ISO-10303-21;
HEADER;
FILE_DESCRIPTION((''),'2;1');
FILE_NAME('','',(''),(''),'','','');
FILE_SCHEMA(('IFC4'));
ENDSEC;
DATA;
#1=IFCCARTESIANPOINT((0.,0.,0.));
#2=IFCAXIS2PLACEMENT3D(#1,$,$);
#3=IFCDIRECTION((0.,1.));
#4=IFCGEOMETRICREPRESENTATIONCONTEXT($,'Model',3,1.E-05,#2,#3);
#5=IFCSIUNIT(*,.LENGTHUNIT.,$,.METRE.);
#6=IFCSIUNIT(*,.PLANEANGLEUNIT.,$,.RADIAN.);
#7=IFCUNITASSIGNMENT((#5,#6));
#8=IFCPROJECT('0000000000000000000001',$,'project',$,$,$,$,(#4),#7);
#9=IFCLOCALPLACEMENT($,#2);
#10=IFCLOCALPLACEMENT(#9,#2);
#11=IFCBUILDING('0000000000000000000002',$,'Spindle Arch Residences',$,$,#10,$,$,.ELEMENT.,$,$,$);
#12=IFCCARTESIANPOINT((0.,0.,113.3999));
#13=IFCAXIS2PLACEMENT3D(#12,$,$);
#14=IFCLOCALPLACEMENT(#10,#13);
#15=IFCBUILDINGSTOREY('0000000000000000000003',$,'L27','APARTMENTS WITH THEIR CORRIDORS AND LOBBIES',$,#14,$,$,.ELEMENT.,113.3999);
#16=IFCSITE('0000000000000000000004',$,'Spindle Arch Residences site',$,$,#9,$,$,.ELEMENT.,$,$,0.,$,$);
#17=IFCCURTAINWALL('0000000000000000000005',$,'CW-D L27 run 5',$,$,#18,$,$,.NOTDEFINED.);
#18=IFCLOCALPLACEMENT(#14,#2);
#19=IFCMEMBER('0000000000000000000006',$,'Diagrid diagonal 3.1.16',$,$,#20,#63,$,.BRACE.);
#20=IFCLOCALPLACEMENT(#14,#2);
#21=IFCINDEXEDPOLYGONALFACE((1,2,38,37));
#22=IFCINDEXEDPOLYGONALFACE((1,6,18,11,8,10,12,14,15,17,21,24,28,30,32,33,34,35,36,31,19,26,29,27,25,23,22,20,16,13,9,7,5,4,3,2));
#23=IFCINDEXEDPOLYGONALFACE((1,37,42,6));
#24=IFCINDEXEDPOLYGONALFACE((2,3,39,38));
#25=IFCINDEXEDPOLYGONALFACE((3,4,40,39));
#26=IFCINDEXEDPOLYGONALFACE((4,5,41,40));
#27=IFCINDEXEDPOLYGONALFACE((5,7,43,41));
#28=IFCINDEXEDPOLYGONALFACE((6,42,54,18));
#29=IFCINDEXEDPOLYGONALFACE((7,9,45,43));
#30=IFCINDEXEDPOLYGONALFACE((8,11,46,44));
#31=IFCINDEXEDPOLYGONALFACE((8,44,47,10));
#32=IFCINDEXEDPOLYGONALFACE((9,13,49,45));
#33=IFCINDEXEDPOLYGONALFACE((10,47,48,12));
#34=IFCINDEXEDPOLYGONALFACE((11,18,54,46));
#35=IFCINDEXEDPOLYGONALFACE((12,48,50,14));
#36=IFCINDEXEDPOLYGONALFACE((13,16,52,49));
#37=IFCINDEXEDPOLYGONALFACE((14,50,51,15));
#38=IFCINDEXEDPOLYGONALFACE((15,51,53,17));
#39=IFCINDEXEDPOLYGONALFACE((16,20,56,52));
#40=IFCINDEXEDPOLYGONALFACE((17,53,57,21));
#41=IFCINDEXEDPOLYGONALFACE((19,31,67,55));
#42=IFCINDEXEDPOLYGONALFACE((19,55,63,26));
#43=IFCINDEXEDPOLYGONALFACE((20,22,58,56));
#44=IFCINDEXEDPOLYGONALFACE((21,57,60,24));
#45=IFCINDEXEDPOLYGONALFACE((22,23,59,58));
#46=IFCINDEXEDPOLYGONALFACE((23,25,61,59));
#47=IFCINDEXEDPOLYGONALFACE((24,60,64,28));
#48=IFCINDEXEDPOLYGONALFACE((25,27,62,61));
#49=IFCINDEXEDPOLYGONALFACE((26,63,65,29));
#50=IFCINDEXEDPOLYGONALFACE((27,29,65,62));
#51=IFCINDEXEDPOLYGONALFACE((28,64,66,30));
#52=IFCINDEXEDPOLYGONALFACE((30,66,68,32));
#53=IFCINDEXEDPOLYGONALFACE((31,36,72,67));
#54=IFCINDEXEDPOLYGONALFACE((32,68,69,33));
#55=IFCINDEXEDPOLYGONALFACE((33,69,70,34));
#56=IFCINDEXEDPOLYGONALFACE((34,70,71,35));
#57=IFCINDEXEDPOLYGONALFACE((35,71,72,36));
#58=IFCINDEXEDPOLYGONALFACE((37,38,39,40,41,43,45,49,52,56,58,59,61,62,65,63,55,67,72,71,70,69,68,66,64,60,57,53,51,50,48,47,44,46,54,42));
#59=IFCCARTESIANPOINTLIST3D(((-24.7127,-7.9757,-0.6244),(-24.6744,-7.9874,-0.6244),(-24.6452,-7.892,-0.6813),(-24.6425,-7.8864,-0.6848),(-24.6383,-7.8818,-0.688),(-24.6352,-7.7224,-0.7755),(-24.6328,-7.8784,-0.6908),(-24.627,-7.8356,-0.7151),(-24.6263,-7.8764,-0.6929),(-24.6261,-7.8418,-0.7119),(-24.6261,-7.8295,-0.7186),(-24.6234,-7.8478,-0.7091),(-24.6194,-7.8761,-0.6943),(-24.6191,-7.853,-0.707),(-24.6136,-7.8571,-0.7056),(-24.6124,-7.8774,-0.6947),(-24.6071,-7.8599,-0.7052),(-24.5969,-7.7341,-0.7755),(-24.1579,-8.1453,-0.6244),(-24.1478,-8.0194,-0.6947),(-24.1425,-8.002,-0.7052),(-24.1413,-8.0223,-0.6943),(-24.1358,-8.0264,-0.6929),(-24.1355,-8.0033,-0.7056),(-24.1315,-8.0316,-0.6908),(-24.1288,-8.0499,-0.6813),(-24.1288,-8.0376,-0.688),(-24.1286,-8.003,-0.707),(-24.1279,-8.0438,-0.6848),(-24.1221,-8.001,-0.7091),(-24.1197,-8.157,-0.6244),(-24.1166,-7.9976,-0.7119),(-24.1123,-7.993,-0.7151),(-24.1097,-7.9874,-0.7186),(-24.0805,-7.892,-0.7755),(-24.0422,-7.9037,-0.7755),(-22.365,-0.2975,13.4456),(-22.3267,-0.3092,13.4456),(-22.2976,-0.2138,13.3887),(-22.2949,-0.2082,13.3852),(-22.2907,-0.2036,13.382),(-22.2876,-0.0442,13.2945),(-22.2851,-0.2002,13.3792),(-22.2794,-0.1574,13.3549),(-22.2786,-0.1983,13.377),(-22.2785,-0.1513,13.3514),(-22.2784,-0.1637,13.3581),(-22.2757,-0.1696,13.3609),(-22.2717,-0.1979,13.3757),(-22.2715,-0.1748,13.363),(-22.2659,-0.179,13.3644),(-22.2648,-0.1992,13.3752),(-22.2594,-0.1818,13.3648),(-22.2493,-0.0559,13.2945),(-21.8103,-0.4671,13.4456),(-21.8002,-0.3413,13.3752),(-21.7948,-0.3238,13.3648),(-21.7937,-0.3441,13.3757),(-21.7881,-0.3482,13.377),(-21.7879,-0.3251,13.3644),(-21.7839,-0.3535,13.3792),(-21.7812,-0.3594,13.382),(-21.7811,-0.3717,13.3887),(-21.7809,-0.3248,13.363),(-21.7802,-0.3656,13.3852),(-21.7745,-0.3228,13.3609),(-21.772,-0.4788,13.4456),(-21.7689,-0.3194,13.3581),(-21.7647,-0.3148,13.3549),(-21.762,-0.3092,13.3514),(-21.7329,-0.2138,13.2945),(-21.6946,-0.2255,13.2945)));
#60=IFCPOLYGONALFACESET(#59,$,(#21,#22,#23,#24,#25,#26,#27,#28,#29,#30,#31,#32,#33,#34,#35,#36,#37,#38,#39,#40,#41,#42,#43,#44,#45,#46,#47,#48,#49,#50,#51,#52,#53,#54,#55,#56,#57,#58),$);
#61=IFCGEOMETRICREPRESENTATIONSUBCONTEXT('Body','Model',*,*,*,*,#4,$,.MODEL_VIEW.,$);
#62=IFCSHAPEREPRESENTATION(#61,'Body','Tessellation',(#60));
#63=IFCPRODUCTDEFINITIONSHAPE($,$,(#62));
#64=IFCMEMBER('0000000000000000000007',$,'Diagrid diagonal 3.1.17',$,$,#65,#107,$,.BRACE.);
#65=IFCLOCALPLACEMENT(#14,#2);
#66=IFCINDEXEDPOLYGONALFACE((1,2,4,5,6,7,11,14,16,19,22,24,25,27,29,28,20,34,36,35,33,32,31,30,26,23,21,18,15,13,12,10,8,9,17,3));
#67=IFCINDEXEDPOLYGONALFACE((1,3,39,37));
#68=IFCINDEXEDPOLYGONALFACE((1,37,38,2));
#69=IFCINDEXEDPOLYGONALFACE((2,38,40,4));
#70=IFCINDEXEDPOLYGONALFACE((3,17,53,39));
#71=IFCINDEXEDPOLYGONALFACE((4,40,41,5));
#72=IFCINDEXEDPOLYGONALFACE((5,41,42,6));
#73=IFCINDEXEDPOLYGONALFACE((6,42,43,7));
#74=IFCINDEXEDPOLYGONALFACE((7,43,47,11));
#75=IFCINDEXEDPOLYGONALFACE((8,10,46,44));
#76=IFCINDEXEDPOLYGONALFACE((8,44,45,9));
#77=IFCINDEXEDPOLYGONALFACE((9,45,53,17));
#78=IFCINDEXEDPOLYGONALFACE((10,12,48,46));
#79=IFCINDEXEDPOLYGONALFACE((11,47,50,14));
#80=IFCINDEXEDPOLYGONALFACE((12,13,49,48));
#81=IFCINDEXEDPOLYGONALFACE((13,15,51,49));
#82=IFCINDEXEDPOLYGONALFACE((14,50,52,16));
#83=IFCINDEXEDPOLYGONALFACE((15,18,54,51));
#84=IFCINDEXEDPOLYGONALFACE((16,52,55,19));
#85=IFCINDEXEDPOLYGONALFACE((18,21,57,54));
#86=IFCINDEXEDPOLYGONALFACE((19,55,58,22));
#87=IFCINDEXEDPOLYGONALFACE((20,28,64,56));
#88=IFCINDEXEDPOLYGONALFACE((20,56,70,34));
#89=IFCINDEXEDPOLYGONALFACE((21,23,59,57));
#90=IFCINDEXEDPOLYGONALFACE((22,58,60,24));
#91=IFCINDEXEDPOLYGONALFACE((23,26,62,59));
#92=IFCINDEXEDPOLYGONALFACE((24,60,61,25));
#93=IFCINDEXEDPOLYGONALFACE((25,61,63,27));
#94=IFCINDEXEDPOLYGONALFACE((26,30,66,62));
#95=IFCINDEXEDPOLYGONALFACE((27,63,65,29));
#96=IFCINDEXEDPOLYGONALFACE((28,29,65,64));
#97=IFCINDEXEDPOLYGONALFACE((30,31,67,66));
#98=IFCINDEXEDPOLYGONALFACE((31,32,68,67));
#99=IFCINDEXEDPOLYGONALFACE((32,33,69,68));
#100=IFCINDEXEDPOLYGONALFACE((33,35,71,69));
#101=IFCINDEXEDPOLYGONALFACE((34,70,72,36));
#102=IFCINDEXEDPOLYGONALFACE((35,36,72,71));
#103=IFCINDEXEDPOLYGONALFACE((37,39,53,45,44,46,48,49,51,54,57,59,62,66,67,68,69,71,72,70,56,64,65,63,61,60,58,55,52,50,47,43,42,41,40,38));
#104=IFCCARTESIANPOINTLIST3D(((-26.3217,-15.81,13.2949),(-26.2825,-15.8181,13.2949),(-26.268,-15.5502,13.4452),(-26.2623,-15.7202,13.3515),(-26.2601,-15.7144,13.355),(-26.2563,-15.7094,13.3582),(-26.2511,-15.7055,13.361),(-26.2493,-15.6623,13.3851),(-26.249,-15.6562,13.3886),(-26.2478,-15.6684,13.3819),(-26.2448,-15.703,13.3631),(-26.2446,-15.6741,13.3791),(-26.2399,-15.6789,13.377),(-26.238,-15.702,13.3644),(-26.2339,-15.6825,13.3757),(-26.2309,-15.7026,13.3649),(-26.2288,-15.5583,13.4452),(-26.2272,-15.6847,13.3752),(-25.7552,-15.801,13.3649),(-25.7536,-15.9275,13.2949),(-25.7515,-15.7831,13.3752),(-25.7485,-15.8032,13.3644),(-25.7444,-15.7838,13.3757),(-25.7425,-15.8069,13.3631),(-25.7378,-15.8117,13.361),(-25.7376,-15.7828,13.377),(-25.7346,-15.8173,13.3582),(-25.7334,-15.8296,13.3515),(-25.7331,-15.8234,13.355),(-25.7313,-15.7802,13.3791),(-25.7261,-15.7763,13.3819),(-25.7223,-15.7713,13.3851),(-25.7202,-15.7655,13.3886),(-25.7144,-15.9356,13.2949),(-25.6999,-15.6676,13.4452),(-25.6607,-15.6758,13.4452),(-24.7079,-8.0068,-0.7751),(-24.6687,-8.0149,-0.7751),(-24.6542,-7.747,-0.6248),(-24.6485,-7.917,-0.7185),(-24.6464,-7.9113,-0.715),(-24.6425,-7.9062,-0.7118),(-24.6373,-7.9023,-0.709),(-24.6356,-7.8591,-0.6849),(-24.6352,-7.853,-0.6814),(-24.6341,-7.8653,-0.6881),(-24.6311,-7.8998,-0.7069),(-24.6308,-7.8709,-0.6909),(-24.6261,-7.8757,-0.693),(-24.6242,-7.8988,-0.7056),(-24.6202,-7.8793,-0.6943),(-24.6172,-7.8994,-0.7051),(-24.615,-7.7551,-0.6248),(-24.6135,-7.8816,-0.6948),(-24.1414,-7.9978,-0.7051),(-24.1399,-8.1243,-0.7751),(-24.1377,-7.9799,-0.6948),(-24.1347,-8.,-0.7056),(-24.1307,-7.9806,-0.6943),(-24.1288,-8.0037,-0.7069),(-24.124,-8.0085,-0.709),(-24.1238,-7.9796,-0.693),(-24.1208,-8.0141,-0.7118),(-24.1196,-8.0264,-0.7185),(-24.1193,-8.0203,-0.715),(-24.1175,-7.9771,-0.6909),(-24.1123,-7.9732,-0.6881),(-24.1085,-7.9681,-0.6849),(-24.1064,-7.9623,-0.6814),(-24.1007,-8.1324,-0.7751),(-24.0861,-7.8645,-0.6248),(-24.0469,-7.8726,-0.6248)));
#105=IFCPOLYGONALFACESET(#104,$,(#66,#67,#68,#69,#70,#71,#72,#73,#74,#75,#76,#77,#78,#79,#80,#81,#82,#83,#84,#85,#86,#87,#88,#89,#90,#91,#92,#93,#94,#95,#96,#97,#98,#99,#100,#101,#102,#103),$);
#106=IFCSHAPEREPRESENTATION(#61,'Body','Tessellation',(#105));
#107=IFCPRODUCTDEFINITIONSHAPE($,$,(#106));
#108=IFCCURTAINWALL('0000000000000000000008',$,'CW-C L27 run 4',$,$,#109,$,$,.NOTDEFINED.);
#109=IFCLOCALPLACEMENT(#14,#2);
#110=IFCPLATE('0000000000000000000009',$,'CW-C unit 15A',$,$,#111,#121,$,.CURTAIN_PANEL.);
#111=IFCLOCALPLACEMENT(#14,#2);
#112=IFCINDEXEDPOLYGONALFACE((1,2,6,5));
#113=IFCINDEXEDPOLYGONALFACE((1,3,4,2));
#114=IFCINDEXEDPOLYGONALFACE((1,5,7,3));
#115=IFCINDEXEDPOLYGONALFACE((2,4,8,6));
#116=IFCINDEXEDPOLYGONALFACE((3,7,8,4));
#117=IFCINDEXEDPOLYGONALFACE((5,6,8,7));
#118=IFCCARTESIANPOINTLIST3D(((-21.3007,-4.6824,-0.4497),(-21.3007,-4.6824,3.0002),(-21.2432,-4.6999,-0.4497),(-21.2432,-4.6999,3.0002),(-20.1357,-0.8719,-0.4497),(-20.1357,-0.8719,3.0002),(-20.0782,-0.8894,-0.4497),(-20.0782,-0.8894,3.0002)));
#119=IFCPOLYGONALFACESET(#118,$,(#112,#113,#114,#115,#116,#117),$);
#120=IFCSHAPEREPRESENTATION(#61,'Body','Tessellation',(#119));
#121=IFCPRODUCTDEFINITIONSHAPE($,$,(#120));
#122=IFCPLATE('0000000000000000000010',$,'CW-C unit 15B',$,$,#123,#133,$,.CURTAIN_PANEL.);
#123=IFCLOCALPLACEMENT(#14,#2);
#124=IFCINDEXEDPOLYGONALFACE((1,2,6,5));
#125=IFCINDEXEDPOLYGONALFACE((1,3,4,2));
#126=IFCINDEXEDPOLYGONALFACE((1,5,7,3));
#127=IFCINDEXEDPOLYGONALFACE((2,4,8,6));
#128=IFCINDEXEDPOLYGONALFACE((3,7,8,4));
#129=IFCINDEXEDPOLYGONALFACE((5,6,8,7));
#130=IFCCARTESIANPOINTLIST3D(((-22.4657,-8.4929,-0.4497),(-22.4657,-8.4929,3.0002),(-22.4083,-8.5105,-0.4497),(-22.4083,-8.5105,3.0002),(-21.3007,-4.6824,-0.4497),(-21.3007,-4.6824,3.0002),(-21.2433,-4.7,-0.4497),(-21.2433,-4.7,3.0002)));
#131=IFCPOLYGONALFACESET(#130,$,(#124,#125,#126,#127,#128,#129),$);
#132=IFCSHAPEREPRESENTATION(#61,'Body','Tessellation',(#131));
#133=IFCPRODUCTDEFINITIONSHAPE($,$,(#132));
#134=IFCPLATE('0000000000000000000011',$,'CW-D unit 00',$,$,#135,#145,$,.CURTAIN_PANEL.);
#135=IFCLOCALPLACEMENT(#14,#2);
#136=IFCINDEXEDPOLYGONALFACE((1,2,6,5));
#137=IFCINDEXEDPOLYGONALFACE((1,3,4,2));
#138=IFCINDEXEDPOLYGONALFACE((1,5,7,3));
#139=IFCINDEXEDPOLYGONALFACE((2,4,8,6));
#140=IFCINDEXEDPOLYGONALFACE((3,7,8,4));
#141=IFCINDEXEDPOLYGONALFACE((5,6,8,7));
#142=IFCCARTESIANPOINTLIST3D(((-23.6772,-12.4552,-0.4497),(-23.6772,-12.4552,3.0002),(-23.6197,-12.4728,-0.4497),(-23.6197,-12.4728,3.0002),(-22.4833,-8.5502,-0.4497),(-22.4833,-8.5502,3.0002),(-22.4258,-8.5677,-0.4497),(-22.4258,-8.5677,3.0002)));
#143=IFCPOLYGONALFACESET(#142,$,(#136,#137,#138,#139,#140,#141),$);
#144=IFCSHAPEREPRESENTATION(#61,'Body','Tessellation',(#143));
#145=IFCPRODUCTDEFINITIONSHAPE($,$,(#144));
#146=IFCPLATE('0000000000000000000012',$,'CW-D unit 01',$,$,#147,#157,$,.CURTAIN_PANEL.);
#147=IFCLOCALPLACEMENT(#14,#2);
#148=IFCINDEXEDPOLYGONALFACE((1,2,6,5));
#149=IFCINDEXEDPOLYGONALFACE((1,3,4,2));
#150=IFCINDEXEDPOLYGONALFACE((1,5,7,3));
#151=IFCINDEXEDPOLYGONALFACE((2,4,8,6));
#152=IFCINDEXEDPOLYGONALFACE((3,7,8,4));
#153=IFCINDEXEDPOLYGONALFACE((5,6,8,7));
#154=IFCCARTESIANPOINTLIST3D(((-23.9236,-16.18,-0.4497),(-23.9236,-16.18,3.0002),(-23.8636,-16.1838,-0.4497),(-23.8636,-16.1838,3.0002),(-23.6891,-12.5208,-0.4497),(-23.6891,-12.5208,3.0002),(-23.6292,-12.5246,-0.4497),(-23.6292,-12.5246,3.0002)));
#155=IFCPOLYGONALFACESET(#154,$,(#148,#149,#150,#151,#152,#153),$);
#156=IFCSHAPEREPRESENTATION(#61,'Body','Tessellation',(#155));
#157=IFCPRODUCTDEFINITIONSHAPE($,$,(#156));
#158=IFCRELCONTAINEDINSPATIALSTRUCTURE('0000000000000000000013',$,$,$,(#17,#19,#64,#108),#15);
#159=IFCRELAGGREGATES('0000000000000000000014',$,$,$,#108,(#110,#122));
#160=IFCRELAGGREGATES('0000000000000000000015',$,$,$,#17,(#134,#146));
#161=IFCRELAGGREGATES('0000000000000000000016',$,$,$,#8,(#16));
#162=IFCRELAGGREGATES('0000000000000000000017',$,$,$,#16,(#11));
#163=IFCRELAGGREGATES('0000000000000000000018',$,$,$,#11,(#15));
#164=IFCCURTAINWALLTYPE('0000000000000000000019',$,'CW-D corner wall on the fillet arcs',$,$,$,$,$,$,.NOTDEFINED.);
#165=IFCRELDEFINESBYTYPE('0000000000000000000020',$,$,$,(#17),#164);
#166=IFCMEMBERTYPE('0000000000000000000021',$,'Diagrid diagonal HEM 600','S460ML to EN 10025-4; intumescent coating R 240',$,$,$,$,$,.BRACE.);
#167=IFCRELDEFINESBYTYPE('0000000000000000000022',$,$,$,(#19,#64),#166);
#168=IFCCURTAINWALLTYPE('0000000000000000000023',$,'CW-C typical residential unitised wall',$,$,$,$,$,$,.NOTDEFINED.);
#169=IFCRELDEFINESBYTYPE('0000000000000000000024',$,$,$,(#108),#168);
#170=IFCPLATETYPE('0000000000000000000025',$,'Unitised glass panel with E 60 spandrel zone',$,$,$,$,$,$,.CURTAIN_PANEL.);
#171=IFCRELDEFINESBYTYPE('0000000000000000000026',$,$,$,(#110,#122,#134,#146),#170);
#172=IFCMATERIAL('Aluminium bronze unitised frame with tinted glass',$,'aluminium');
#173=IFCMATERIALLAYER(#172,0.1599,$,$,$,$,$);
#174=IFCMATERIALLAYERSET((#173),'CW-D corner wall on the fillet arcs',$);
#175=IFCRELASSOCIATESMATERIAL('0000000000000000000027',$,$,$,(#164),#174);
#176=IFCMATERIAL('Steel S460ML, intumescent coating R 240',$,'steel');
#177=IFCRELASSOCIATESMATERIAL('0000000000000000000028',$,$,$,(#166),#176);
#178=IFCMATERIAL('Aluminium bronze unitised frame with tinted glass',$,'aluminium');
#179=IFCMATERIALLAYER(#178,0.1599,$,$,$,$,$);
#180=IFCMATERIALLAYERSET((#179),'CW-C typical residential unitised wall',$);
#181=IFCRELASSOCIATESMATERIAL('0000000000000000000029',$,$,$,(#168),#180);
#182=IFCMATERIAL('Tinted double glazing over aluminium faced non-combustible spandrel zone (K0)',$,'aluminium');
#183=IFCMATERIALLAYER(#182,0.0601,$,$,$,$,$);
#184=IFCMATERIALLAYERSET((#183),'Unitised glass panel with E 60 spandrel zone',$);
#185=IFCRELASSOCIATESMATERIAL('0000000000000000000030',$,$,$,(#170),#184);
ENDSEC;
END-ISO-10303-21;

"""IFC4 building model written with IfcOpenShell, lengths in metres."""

from ifc_helpers import new_model, si_unit, direction, frame, origin, origin_2d, place, context, subcontext, project, spatial, rectangle, i_section, extrude, material, layer, layer_set, material_profile, profile_set, type_object, element, aggregate, save


model = new_model("IFC4")

# Units and contexts
model_context = context("Model", 3, precision=1e-05, world=origin(), true_north=direction((0.0, 1.0)))
body_context = subcontext(model_context, "Body", "Model", "MODEL_VIEW")
ifc_project = project(units=[si_unit("LENGTHUNIT", "METRE"), si_unit("PLANEANGLEUNIT", "RADIAN")], contexts=[model_context])

# Site, building, storey
site_placement = place(None, origin())
site = spatial("IfcSite", under=ifc_project, at=site_placement, Name="Spindle Arch Residences site", CompositionType="ELEMENT", RefElevation=0.0)
building_placement = place(site_placement, origin())
building = spatial("IfcBuilding", under=site, at=building_placement, Name="Spindle Arch Residences", CompositionType="ELEMENT")
storey_placement = place(building_placement, frame((0.0, 0.0, 113.3999)))
storey = spatial("IfcBuildingStorey", under=building, at=storey_placement, Name="L27", Description="APARTMENTS WITH THEIR CORRIDORS AND LOBBIES", CompositionType="ELEMENT", Elevation=113.3999)

# Curtain wall
ifc_material_1 = material(Name="Aluminium bronze unitised frame with tinted glass", Category="aluminium")
ifc_layer_1 = layer(ifc_material_1, 0.1599)
ifc_layer_set_1 = layer_set([ifc_layer_1], Name="CW-D corner wall on the fillet arcs")
curtain_wall_type_1 = type_object("IfcCurtainWallType", Name="CW-D corner wall on the fillet arcs", PredefinedType="NOTDEFINED", material=ifc_layer_set_1)
curtain_wall_1_placement = place(storey_placement, origin())
curtain_wall_1 = element("IfcCurtainWall", 1, at=curtain_wall_1_placement, inside=storey, type_object=curtain_wall_type_1, Name="CW-D L27 run 5", PredefinedType="NOTDEFINED")

# Members
ifc_material_2 = material(Name="Steel S460ML, intumescent coating R 240", Category="steel")
ifc_material_profile_1 = material_profile(ifc_material_2, i_section(OverallWidth=0.3049, OverallDepth=0.6201, WebThickness=0.021, FlangeThickness=0.04, FilletRadius=0.0271, at=origin_2d()), Name="HEM 600")
ifc_profile_set_1 = profile_set([ifc_material_profile_1], Name="Steel S460ML, intumescent coating R 240")
member_type_1 = type_object("IfcMemberType", Name="Diagrid diagonal HEM 600", Description="S460ML to EN 10025-4; intumescent coating R 240", PredefinedType="BRACE", material=ifc_profile_set_1)
member_1_placement = place(storey_placement, frame((-24.3774, -7.9397, -0.7), z_axis=(0.144919, 0.47397, 0.868534), x_axis=(-0.253953, -0.830577, 0.49563)))
element("IfcMember", 2, at=member_1_placement, inside=storey, type_object=member_type_1, Name="Diagrid diagonal 3.1.16", PredefinedType="BRACE", context=body_context, shape_type="SweptSolid", body=[
    extrude(i_section(OverallWidth=0.3049, OverallDepth=0.6201, WebThickness=0.021, FlangeThickness=0.04, FilletRadius=0.0271, at=origin_2d()), origin(), (0.0, 0.0, 1.0), 16.1997),
])
member_2_placement = place(storey_placement, frame((-24.3774, -7.9397, -0.7), z_axis=(-0.099802, -0.482581, 0.870147), x_axis=(0.176224, 0.852115, 0.492793)))
element("IfcMember", 3, at=member_2_placement, inside=storey, type_object=member_type_1, Name="Diagrid diagonal 3.1.17", PredefinedType="BRACE", context=body_context, shape_type="SweptSolid", body=[
    extrude(i_section(OverallWidth=0.3049, OverallDepth=0.6201, WebThickness=0.021, FlangeThickness=0.04, FilletRadius=0.0271, at=origin_2d()), origin(), (0.0, 0.0, 1.0), 16.1697),
])

# Curtain wall, plates
ifc_material_3 = material(Name="Aluminium bronze unitised frame with tinted glass", Category="aluminium")
ifc_layer_2 = layer(ifc_material_3, 0.1599)
ifc_layer_set_2 = layer_set([ifc_layer_2], Name="CW-C typical residential unitised wall")
curtain_wall_type_2 = type_object("IfcCurtainWallType", Name="CW-C typical residential unitised wall", PredefinedType="NOTDEFINED", material=ifc_layer_set_2)
curtain_wall_2_placement = place(storey_placement, origin())
curtain_wall_2 = element("IfcCurtainWall", 4, at=curtain_wall_2_placement, inside=storey, type_object=curtain_wall_type_2, Name="CW-C L27 run 4", PredefinedType="NOTDEFINED")
ifc_material_4 = material(Name="Tinted double glazing over aluminium faced non-combustible spandrel zone (K0)", Category="aluminium")
ifc_layer_3 = layer(ifc_material_4, 0.0601)
ifc_layer_set_3 = layer_set([ifc_layer_3], Name="Unitised glass panel with E 60 spandrel zone")
plate_type = type_object("IfcPlateType", Name="Unitised glass panel with E 60 spandrel zone", PredefinedType="CURTAIN_PANEL", material=ifc_layer_set_3)
plate_1_placement = place(storey_placement, frame((-20.6895, -2.7859, -0.4497), z_axis=(0.0, 0.0, 1.0), x_axis=(-0.292372, -0.956305, 0.0)))
plate_1 = element("IfcPlate", 5, at=plate_1_placement, type_object=plate_type, Name="CW-C unit 15A", PredefinedType="CURTAIN_PANEL", context=body_context, shape_type="SweptSolid", body=[
    extrude(rectangle(XDim=3.9846, YDim=0.0601, at=origin_2d()), origin(), (0.0, 0.0, 1.0), 3.45),
])
plate_2_placement = place(storey_placement, frame((-21.8545, -6.5964, -0.4497), z_axis=(0.0, 0.0, 1.0), x_axis=(-0.292372, -0.956305, 0.0)))
plate_2 = element("IfcPlate", 6, at=plate_2_placement, type_object=plate_type, Name="CW-C unit 15B", PredefinedType="CURTAIN_PANEL", context=body_context, shape_type="SweptSolid", body=[
    extrude(rectangle(XDim=3.9846, YDim=0.0601, at=origin_2d()), origin(), (0.0, 0.0, 1.0), 3.45),
])
aggregate(curtain_wall_2, [plate_1, plate_2])

# Plates
plate_3_placement = place(storey_placement, frame((-23.0515, -10.5115, -0.4497), z_axis=(0.0, 0.0, 1.0), x_axis=(-0.292372, -0.956305, 0.0)))
plate_3 = element("IfcPlate", 7, at=plate_3_placement, type_object=plate_type, Name="CW-D unit 00", PredefinedType="CURTAIN_PANEL", context=body_context, shape_type="SweptSolid", body=[
    extrude(rectangle(XDim=4.0835, YDim=0.0601, at=origin_2d()), origin(), (0.0, 0.0, 1.0), 3.45),
])
plate_4_placement = place(storey_placement, frame((-23.7764, -14.3523, -0.4497), z_axis=(0.0, 0.0, 1.0), x_axis=(-0.063952, -0.997953, 0.0)))
plate_4 = element("IfcPlate", 8, at=plate_4_placement, type_object=plate_type, Name="CW-D unit 01", PredefinedType="CURTAIN_PANEL", context=body_context, shape_type="SweptSolid", body=[
    extrude(rectangle(XDim=3.6667, YDim=0.0601, at=origin_2d()), origin(), (0.0, 0.0, 1.0), 3.45),
])
aggregate(curtain_wall_1, [plate_3, plate_4])

save(model, "model.ifc")
